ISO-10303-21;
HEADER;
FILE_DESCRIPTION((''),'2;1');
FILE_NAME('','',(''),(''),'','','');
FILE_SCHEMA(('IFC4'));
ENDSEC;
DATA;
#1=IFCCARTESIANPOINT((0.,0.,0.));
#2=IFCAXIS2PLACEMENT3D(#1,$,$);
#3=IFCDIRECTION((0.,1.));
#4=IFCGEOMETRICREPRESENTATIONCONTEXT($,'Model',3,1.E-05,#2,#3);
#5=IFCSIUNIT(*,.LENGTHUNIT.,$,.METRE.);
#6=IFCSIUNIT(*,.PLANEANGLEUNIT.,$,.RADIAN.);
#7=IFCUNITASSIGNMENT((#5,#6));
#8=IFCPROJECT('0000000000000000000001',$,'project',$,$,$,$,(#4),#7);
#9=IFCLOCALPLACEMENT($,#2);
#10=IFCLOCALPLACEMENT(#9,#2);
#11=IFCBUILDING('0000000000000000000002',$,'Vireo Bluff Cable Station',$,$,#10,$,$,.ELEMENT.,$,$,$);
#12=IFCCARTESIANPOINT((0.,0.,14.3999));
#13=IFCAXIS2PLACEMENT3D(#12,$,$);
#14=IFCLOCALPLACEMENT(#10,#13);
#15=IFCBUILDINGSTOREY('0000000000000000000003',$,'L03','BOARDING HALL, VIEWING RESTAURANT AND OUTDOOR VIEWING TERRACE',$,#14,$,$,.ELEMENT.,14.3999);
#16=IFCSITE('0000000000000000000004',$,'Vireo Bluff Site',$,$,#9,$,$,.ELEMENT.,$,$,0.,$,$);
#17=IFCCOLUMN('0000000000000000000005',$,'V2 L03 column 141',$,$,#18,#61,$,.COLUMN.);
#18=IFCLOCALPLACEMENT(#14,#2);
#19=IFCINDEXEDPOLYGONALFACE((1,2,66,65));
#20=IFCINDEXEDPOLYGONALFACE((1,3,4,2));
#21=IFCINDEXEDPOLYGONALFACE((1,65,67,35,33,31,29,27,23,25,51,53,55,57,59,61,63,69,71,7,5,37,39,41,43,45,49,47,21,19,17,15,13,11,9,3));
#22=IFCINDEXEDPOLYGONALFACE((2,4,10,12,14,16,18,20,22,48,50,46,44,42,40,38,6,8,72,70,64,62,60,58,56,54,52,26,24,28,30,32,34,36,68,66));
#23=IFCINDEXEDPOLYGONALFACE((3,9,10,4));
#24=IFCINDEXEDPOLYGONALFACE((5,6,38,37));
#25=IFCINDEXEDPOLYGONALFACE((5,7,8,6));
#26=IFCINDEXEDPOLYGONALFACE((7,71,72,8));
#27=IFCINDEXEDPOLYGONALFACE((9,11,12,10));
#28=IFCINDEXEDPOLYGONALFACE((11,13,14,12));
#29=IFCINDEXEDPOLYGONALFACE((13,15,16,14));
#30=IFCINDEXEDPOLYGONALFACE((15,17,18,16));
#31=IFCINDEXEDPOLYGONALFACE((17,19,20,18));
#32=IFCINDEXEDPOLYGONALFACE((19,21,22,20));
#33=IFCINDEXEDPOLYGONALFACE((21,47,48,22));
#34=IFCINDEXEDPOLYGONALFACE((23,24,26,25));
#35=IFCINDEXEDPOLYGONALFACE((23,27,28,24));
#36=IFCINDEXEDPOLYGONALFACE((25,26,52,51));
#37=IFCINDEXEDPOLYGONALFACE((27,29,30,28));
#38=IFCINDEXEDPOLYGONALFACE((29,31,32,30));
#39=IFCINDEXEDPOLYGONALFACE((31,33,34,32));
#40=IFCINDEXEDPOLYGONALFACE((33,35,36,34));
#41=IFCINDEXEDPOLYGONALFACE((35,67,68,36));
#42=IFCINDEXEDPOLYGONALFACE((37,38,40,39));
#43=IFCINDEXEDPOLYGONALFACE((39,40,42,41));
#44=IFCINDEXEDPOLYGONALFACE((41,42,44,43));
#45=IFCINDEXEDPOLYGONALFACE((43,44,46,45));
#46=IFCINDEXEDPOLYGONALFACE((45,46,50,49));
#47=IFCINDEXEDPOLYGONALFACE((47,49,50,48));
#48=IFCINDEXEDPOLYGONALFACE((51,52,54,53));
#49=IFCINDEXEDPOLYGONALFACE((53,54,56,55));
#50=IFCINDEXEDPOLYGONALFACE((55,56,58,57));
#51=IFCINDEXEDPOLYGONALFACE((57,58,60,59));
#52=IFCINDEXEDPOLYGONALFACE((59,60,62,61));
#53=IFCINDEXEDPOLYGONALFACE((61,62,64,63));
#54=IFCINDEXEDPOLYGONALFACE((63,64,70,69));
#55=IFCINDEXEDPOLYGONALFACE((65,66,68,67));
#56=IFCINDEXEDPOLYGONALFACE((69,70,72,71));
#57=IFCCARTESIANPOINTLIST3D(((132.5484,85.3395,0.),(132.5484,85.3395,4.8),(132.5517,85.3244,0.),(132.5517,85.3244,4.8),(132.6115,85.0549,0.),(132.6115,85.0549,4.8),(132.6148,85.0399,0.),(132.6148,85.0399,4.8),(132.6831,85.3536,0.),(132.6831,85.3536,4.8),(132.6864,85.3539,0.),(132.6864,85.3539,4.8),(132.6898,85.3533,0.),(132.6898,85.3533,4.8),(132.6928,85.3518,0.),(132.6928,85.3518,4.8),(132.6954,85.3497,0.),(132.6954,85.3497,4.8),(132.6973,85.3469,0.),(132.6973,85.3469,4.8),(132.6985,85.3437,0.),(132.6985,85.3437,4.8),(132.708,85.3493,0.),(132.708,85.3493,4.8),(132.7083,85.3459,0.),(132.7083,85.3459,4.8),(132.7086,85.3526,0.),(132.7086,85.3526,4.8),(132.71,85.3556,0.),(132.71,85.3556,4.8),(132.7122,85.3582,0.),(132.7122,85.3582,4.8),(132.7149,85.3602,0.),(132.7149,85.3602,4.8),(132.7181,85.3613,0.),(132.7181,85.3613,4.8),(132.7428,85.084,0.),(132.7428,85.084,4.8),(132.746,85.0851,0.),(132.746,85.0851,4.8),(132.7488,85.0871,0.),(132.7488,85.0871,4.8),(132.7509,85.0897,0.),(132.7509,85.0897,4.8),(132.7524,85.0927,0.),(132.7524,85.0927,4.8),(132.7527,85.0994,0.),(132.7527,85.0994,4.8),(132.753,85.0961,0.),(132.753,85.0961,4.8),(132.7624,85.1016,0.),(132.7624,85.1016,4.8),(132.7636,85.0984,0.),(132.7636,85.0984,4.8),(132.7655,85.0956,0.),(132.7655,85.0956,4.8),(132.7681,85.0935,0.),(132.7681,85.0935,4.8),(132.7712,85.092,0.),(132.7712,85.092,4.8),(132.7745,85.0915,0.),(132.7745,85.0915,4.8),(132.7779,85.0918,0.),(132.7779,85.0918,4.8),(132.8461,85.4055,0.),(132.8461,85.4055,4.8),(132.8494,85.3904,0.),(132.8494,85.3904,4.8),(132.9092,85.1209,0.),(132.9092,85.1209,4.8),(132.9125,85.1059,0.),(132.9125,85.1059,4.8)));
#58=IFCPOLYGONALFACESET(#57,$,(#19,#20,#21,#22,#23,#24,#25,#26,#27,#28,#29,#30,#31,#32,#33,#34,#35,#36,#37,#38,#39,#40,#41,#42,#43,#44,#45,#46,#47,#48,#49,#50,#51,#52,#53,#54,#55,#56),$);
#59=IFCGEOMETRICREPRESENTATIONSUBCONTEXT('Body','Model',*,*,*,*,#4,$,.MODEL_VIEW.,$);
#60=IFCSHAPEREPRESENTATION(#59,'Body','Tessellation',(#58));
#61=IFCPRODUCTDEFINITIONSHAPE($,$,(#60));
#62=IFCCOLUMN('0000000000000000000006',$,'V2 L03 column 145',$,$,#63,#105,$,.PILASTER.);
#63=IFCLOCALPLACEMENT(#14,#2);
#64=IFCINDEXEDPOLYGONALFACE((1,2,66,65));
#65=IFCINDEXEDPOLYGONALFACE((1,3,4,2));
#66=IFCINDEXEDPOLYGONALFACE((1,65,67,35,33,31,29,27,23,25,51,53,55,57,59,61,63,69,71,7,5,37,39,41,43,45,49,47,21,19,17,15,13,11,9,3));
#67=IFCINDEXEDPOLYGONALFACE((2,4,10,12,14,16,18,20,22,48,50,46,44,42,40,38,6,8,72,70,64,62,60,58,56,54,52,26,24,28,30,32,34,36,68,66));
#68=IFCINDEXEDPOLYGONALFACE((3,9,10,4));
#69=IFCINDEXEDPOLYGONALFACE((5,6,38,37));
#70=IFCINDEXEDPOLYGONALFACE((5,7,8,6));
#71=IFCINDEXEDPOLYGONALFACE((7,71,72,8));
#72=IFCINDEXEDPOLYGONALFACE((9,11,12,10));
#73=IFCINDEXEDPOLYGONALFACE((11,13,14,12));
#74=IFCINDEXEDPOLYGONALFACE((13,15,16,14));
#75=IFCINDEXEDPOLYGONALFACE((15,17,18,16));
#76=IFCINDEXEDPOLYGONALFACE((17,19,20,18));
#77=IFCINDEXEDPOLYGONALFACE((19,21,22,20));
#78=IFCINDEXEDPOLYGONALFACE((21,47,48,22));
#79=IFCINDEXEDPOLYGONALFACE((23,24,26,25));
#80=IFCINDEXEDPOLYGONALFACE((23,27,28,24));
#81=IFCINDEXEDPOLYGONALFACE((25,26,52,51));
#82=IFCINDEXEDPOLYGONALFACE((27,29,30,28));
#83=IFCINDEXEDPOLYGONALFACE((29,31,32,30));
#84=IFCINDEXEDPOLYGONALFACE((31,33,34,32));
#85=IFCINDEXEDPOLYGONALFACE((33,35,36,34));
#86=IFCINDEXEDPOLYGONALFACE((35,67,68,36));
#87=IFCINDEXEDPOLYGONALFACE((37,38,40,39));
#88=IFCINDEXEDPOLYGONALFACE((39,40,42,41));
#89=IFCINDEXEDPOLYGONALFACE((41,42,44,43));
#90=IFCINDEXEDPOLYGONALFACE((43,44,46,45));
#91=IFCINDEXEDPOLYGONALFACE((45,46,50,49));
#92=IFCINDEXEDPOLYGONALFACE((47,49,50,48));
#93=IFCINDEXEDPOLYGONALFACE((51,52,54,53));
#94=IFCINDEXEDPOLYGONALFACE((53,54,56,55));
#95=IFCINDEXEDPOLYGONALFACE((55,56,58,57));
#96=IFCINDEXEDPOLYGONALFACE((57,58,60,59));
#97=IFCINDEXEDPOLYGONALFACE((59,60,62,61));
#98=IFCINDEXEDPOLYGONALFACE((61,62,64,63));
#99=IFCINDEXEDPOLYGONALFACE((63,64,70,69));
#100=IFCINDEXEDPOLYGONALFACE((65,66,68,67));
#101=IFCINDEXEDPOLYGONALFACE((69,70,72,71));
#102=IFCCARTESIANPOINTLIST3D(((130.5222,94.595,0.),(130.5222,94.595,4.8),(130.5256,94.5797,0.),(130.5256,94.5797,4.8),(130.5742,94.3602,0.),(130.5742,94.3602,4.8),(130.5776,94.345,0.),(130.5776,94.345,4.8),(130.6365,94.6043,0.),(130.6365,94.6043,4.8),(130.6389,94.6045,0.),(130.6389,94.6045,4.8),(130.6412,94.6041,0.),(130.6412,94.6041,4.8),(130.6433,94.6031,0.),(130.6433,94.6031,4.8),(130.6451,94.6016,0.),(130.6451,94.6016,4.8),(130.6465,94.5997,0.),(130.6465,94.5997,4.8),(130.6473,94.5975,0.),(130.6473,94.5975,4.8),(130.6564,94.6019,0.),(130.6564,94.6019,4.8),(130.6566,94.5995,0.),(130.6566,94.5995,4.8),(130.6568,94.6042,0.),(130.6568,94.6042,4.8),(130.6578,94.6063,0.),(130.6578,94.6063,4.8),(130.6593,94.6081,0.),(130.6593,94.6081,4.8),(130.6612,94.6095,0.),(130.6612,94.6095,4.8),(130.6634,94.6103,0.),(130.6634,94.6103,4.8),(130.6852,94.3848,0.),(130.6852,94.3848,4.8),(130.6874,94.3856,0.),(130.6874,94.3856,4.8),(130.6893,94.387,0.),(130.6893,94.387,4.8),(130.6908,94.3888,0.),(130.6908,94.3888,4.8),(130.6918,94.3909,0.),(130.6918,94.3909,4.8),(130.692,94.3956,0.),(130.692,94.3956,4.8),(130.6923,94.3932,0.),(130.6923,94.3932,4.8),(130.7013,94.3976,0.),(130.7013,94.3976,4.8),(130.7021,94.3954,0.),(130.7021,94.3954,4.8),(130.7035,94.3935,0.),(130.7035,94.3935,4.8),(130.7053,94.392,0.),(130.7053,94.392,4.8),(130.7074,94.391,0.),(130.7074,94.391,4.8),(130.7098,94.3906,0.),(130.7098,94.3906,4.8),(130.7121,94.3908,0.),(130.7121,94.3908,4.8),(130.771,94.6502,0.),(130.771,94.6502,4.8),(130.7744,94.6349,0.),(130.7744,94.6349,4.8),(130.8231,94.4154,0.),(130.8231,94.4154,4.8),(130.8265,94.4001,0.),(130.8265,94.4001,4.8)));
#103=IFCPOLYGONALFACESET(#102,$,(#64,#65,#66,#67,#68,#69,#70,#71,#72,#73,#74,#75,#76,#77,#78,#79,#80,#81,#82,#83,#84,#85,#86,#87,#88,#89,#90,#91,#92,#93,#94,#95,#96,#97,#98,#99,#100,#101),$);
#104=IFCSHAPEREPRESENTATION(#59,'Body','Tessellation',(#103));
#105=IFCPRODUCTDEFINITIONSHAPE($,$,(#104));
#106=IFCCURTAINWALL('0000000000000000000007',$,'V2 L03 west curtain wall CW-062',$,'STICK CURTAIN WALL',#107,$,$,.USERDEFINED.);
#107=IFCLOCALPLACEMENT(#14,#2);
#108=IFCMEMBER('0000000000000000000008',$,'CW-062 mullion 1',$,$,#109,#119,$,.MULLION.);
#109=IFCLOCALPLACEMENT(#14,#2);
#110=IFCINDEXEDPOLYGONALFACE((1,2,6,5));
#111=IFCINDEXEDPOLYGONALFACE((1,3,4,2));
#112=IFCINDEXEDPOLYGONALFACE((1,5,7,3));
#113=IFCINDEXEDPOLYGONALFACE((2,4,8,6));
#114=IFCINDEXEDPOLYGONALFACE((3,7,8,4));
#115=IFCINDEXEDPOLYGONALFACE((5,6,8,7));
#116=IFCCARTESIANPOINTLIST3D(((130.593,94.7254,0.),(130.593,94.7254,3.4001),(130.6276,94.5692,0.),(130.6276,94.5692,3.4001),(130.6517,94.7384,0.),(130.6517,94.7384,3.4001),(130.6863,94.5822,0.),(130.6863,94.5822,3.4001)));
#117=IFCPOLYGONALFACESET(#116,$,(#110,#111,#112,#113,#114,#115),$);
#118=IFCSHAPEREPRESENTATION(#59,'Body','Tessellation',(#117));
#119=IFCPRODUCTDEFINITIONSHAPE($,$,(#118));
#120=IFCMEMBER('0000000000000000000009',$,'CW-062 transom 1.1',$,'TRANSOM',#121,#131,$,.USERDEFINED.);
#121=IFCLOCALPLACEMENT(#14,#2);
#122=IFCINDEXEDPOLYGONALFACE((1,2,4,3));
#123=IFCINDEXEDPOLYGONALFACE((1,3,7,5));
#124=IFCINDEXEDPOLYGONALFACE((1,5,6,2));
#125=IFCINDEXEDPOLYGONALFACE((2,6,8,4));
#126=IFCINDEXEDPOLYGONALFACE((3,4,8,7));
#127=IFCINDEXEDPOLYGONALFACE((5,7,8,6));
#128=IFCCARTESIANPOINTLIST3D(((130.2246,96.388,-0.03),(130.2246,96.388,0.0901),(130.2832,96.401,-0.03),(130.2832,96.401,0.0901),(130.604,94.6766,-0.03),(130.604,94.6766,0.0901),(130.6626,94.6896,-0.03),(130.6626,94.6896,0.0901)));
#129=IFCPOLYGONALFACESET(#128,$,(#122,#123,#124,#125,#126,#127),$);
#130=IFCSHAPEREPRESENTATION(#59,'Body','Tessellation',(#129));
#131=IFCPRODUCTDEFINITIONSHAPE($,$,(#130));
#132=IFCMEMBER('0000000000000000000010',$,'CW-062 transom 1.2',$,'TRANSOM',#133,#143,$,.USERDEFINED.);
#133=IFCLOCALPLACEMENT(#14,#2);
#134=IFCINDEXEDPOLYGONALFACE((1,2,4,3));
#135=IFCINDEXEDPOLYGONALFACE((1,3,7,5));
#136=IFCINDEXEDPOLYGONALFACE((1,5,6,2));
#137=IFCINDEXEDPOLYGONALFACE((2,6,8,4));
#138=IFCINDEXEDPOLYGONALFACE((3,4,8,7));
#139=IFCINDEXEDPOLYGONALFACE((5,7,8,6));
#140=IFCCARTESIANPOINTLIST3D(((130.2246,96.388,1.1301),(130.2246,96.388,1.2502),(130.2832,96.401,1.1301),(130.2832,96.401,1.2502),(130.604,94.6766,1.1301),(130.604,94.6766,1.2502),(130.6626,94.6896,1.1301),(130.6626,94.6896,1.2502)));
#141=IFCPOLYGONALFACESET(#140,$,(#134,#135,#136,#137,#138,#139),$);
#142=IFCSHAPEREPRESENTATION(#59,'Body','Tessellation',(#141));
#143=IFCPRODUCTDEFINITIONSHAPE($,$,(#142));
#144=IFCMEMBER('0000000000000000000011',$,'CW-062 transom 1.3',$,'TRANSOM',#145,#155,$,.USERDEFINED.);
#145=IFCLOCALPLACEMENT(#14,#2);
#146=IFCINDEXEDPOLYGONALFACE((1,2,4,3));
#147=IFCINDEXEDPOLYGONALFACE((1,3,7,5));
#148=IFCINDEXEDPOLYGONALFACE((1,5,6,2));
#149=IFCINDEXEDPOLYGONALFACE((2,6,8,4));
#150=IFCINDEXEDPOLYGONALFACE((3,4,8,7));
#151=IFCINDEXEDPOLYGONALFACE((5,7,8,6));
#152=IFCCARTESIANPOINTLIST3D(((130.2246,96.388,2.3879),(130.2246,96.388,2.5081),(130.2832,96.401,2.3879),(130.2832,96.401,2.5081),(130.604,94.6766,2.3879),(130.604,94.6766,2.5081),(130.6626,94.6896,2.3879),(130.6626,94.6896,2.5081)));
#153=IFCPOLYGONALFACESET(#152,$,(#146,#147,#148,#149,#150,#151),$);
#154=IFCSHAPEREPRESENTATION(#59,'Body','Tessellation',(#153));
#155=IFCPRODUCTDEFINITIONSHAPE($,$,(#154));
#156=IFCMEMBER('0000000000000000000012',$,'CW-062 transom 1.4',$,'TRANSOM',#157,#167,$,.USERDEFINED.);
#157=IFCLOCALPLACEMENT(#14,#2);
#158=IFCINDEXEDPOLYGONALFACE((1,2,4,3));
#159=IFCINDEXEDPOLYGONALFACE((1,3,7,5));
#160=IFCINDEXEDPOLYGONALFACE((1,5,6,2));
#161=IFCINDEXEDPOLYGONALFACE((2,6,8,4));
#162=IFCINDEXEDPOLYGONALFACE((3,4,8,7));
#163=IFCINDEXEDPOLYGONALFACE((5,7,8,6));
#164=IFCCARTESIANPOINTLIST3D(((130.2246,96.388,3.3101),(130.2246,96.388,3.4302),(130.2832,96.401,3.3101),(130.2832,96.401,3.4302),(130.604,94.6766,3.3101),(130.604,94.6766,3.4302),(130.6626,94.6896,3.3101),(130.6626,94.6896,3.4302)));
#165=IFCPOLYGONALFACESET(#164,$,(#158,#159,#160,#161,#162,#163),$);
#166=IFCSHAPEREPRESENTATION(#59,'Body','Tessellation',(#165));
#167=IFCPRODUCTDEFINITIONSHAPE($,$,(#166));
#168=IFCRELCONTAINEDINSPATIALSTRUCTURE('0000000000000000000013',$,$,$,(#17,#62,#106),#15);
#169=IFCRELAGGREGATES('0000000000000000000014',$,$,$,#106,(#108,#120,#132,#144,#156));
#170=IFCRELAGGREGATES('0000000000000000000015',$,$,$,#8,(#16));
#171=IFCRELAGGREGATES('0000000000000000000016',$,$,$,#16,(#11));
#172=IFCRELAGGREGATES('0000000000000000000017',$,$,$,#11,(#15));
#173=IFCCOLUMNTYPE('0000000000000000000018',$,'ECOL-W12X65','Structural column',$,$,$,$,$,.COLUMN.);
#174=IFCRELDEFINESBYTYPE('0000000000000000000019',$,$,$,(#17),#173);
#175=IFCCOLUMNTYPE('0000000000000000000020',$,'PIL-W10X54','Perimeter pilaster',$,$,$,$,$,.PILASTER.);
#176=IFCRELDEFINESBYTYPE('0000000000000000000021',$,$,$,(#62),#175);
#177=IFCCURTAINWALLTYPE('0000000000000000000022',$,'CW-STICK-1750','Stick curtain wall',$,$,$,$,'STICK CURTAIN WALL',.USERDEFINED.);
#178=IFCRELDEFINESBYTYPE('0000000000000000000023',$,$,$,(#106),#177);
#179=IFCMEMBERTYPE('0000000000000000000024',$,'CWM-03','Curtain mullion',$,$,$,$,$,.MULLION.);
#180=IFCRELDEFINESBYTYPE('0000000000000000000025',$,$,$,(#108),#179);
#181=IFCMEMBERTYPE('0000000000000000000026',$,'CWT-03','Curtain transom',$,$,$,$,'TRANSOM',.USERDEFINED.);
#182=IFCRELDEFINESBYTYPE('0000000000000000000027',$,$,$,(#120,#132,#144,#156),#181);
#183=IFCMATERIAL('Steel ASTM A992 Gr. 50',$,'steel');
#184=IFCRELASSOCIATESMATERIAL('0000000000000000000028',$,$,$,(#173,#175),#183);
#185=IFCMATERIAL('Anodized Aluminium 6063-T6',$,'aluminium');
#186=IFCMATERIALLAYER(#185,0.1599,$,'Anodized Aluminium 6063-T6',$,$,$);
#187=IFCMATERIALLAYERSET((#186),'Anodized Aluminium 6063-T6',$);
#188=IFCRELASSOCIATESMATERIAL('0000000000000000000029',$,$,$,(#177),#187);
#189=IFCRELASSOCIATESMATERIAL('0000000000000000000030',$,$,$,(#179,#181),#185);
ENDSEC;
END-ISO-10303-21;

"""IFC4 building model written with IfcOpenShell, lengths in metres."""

from ifc_helpers import new_model, si_unit, direction, frame, origin, origin_2d, place, context, subcontext, project, spatial, rectangle, i_section, extrude, material, layer, layer_set, material_profile, profile_set, type_object, element, aggregate, save


model = new_model("IFC4")

# Units and contexts
model_context = context("Model", 3, precision=1e-05, world=origin(), true_north=direction((0.0, 1.0)))
body_context = subcontext(model_context, "Body", "Model", "MODEL_VIEW")
ifc_project = project(units=[si_unit("LENGTHUNIT", "METRE"), si_unit("PLANEANGLEUNIT", "RADIAN")], contexts=[model_context])

# Site, building, storey
site_placement = place(None, origin())
site = spatial("IfcSite", under=ifc_project, at=site_placement, Name="Vireo Bluff Site", CompositionType="ELEMENT", RefElevation=0.0)
building_placement = place(site_placement, origin())
building = spatial("IfcBuilding", under=site, at=building_placement, Name="Vireo Bluff Cable Station", CompositionType="ELEMENT")
storey_placement = place(building_placement, frame((0.0, 0.0, 14.3999)))
storey = spatial("IfcBuildingStorey", under=building, at=storey_placement, Name="L03", Description="BOARDING HALL, VIEWING RESTAURANT AND OUTDOOR VIEWING TERRACE", CompositionType="ELEMENT", Elevation=14.3999)

# Columns
ifc_material_1 = material(Name="Steel ASTM A992 Gr. 50", Category="steel")
ifc_material_profile_1 = material_profile(ifc_material_1, i_section(OverallWidth=0.3049, OverallDepth=0.3069, WebThickness=0.01, FlangeThickness=0.0154, FilletRadius=0.0129, at=origin_2d()), Name="W12X65")
ifc_profile_set_1 = profile_set([ifc_material_profile_1], Name="Steel ASTM A992 Gr. 50")
column_type_1 = type_object("IfcColumnType", Name="ECOL-W12X65", Description="Structural column", PredefinedType="COLUMN", material=ifc_profile_set_1)
column_1_placement = place(storey_placement, frame((132.7305, 85.2227, 0.0), z_axis=(0.0, 0.0, 1.0), x_axis=(0.976296, 0.21644, 0.0)))
element("IfcColumn", 1, at=column_1_placement, inside=storey, type_object=column_type_1, Name="V2 L03 column 141", PredefinedType="COLUMN", context=body_context, shape_type="SweptSolid", body=[
    extrude(i_section(OverallWidth=0.3049, OverallDepth=0.3069, WebThickness=0.01, FlangeThickness=0.0154, FilletRadius=0.0129, at=origin_2d()), origin(), (0.0, 0.0, 1.0), 4.8),
])
ifc_material_profile_2 = material_profile(ifc_material_1, i_section(OverallWidth=0.2549, OverallDepth=0.2561, WebThickness=0.0095, FlangeThickness=0.0156, FilletRadius=0.009, at=origin_2d()), Name="W10X54")
ifc_profile_set_2 = profile_set([ifc_material_profile_2], Name="Steel ASTM A992 Gr. 50")
column_type_2 = type_object("IfcColumnType", Name="PIL-W10X54", Description="Perimeter pilaster", PredefinedType="PILASTER", material=ifc_profile_set_2)
column_2_placement = place(storey_placement, frame((130.6743, 94.4976, 0.0), z_axis=(0.0, 0.0, 1.0), x_axis=(0.976296, 0.21644, 0.0)))
element("IfcColumn", 2, at=column_2_placement, inside=storey, type_object=column_type_2, Name="V2 L03 column 145", PredefinedType="PILASTER", context=body_context, shape_type="SweptSolid", body=[
    extrude(i_section(OverallWidth=0.2549, OverallDepth=0.2561, WebThickness=0.0095, FlangeThickness=0.0156, FilletRadius=0.009, at=origin_2d()), origin(), (0.0, 0.0, 1.0), 4.8),
])

# Curtain wall, members
ifc_material_2 = material(Name="Anodized Aluminium 6063-T6", Category="aluminium")
ifc_layer_1 = layer(ifc_material_2, 0.1599, Name="Anodized Aluminium 6063-T6")
ifc_layer_set_1 = layer_set([ifc_layer_1], Name="Anodized Aluminium 6063-T6")
curtain_wall_type = type_object("IfcCurtainWallType", Name="CW-STICK-1750", Description="Stick curtain wall", ElementType="STICK CURTAIN WALL", PredefinedType="USERDEFINED", material=ifc_layer_set_1)
curtain_wall_placement = place(storey_placement, origin())
curtain_wall = element("IfcCurtainWall", 3, at=curtain_wall_placement, inside=storey, type_object=curtain_wall_type, Name="V2 L03 west curtain wall CW-062", ObjectType="STICK CURTAIN WALL", PredefinedType="USERDEFINED")
ifc_material_profile_3 = material_profile(ifc_material_2, rectangle(XDim=0.0601, YDim=0.1599, at=origin_2d()), Name="ALU-M-60X160")
ifc_profile_set_3 = profile_set([ifc_material_profile_3], Name="Anodized Aluminium 6063-T6")
member_type_1 = type_object("IfcMemberType", Name="CWM-03", Description="Curtain mullion", PredefinedType="MULLION", material=ifc_profile_set_3)
member_1_placement = place(storey_placement, frame((130.6396, 94.6538, 0.0), z_axis=(0.0, 0.0, 1.0), x_axis=(-0.976296, -0.21644, 0.0)))
member_1 = element("IfcMember", 4, at=member_1_placement, type_object=member_type_1, Name="CW-062 mullion 1", PredefinedType="MULLION", context=body_context, shape_type="SweptSolid", body=[
    extrude(rectangle(XDim=0.0601, YDim=0.1599, at=origin_2d()), origin(), (0.0, 0.0, 1.0), 3.4001),
])
ifc_material_profile_4 = material_profile(ifc_material_2, rectangle(XDim=0.0601, YDim=0.1201, at=origin_2d()), Name="ALU-T-60X120")
ifc_profile_set_4 = profile_set([ifc_material_profile_4], Name="Anodized Aluminium 6063-T6")
member_type_2 = type_object("IfcMemberType", Name="CWT-03", Description="Curtain transom", ElementType="TRANSOM", PredefinedType="USERDEFINED", material=ifc_profile_set_4)
member_2_placement = place(storey_placement, frame((130.6333, 94.6831, 0.03), z_axis=(-0.216429, 0.976298, 0.0), x_axis=(-0.976298, -0.216429, 0.0)))
member_2 = element("IfcMember", 5, at=member_2_placement, type_object=member_type_2, Name="CW-062 transom 1.1", ObjectType="TRANSOM", PredefinedType="USERDEFINED", context=body_context, shape_type="SweptSolid", body=[
    extrude(rectangle(XDim=0.0601, YDim=0.1201, at=origin_2d()), origin(), (0.0, 0.0, 1.0), 1.7529),
])
member_3_placement = place(storey_placement, frame((130.6333, 94.6831, 1.1902), z_axis=(-0.216429, 0.976298, 0.0), x_axis=(-0.976298, -0.216429, 0.0)))
member_3 = element("IfcMember", 6, at=member_3_placement, type_object=member_type_2, Name="CW-062 transom 1.2", ObjectType="TRANSOM", PredefinedType="USERDEFINED", context=body_context, shape_type="SweptSolid", body=[
    extrude(rectangle(XDim=0.0601, YDim=0.1201, at=origin_2d()), origin(), (0.0, 0.0, 1.0), 1.7529),
])
member_4_placement = place(storey_placement, frame((130.6333, 94.6831, 2.448), z_axis=(-0.216429, 0.976298, 0.0), x_axis=(-0.976298, -0.216429, 0.0)))
member_4 = element("IfcMember", 7, at=member_4_placement, type_object=member_type_2, Name="CW-062 transom 1.3", ObjectType="TRANSOM", PredefinedType="USERDEFINED", context=body_context, shape_type="SweptSolid", body=[
    extrude(rectangle(XDim=0.0601, YDim=0.1201, at=origin_2d()), origin(), (0.0, 0.0, 1.0), 1.7529),
])
member_5_placement = place(storey_placement, frame((130.6333, 94.6831, 3.3701), z_axis=(-0.216429, 0.976298, 0.0), x_axis=(-0.976298, -0.216429, 0.0)))
member_5 = element("IfcMember", 8, at=member_5_placement, type_object=member_type_2, Name="CW-062 transom 1.4", ObjectType="TRANSOM", PredefinedType="USERDEFINED", context=body_context, shape_type="SweptSolid", body=[
    extrude(rectangle(XDim=0.0601, YDim=0.1201, at=origin_2d()), origin(), (0.0, 0.0, 1.0), 1.7529),
])

aggregate(curtain_wall, [member_1, member_2, member_3, member_4, member_5])

save(model, "model.ifc")
